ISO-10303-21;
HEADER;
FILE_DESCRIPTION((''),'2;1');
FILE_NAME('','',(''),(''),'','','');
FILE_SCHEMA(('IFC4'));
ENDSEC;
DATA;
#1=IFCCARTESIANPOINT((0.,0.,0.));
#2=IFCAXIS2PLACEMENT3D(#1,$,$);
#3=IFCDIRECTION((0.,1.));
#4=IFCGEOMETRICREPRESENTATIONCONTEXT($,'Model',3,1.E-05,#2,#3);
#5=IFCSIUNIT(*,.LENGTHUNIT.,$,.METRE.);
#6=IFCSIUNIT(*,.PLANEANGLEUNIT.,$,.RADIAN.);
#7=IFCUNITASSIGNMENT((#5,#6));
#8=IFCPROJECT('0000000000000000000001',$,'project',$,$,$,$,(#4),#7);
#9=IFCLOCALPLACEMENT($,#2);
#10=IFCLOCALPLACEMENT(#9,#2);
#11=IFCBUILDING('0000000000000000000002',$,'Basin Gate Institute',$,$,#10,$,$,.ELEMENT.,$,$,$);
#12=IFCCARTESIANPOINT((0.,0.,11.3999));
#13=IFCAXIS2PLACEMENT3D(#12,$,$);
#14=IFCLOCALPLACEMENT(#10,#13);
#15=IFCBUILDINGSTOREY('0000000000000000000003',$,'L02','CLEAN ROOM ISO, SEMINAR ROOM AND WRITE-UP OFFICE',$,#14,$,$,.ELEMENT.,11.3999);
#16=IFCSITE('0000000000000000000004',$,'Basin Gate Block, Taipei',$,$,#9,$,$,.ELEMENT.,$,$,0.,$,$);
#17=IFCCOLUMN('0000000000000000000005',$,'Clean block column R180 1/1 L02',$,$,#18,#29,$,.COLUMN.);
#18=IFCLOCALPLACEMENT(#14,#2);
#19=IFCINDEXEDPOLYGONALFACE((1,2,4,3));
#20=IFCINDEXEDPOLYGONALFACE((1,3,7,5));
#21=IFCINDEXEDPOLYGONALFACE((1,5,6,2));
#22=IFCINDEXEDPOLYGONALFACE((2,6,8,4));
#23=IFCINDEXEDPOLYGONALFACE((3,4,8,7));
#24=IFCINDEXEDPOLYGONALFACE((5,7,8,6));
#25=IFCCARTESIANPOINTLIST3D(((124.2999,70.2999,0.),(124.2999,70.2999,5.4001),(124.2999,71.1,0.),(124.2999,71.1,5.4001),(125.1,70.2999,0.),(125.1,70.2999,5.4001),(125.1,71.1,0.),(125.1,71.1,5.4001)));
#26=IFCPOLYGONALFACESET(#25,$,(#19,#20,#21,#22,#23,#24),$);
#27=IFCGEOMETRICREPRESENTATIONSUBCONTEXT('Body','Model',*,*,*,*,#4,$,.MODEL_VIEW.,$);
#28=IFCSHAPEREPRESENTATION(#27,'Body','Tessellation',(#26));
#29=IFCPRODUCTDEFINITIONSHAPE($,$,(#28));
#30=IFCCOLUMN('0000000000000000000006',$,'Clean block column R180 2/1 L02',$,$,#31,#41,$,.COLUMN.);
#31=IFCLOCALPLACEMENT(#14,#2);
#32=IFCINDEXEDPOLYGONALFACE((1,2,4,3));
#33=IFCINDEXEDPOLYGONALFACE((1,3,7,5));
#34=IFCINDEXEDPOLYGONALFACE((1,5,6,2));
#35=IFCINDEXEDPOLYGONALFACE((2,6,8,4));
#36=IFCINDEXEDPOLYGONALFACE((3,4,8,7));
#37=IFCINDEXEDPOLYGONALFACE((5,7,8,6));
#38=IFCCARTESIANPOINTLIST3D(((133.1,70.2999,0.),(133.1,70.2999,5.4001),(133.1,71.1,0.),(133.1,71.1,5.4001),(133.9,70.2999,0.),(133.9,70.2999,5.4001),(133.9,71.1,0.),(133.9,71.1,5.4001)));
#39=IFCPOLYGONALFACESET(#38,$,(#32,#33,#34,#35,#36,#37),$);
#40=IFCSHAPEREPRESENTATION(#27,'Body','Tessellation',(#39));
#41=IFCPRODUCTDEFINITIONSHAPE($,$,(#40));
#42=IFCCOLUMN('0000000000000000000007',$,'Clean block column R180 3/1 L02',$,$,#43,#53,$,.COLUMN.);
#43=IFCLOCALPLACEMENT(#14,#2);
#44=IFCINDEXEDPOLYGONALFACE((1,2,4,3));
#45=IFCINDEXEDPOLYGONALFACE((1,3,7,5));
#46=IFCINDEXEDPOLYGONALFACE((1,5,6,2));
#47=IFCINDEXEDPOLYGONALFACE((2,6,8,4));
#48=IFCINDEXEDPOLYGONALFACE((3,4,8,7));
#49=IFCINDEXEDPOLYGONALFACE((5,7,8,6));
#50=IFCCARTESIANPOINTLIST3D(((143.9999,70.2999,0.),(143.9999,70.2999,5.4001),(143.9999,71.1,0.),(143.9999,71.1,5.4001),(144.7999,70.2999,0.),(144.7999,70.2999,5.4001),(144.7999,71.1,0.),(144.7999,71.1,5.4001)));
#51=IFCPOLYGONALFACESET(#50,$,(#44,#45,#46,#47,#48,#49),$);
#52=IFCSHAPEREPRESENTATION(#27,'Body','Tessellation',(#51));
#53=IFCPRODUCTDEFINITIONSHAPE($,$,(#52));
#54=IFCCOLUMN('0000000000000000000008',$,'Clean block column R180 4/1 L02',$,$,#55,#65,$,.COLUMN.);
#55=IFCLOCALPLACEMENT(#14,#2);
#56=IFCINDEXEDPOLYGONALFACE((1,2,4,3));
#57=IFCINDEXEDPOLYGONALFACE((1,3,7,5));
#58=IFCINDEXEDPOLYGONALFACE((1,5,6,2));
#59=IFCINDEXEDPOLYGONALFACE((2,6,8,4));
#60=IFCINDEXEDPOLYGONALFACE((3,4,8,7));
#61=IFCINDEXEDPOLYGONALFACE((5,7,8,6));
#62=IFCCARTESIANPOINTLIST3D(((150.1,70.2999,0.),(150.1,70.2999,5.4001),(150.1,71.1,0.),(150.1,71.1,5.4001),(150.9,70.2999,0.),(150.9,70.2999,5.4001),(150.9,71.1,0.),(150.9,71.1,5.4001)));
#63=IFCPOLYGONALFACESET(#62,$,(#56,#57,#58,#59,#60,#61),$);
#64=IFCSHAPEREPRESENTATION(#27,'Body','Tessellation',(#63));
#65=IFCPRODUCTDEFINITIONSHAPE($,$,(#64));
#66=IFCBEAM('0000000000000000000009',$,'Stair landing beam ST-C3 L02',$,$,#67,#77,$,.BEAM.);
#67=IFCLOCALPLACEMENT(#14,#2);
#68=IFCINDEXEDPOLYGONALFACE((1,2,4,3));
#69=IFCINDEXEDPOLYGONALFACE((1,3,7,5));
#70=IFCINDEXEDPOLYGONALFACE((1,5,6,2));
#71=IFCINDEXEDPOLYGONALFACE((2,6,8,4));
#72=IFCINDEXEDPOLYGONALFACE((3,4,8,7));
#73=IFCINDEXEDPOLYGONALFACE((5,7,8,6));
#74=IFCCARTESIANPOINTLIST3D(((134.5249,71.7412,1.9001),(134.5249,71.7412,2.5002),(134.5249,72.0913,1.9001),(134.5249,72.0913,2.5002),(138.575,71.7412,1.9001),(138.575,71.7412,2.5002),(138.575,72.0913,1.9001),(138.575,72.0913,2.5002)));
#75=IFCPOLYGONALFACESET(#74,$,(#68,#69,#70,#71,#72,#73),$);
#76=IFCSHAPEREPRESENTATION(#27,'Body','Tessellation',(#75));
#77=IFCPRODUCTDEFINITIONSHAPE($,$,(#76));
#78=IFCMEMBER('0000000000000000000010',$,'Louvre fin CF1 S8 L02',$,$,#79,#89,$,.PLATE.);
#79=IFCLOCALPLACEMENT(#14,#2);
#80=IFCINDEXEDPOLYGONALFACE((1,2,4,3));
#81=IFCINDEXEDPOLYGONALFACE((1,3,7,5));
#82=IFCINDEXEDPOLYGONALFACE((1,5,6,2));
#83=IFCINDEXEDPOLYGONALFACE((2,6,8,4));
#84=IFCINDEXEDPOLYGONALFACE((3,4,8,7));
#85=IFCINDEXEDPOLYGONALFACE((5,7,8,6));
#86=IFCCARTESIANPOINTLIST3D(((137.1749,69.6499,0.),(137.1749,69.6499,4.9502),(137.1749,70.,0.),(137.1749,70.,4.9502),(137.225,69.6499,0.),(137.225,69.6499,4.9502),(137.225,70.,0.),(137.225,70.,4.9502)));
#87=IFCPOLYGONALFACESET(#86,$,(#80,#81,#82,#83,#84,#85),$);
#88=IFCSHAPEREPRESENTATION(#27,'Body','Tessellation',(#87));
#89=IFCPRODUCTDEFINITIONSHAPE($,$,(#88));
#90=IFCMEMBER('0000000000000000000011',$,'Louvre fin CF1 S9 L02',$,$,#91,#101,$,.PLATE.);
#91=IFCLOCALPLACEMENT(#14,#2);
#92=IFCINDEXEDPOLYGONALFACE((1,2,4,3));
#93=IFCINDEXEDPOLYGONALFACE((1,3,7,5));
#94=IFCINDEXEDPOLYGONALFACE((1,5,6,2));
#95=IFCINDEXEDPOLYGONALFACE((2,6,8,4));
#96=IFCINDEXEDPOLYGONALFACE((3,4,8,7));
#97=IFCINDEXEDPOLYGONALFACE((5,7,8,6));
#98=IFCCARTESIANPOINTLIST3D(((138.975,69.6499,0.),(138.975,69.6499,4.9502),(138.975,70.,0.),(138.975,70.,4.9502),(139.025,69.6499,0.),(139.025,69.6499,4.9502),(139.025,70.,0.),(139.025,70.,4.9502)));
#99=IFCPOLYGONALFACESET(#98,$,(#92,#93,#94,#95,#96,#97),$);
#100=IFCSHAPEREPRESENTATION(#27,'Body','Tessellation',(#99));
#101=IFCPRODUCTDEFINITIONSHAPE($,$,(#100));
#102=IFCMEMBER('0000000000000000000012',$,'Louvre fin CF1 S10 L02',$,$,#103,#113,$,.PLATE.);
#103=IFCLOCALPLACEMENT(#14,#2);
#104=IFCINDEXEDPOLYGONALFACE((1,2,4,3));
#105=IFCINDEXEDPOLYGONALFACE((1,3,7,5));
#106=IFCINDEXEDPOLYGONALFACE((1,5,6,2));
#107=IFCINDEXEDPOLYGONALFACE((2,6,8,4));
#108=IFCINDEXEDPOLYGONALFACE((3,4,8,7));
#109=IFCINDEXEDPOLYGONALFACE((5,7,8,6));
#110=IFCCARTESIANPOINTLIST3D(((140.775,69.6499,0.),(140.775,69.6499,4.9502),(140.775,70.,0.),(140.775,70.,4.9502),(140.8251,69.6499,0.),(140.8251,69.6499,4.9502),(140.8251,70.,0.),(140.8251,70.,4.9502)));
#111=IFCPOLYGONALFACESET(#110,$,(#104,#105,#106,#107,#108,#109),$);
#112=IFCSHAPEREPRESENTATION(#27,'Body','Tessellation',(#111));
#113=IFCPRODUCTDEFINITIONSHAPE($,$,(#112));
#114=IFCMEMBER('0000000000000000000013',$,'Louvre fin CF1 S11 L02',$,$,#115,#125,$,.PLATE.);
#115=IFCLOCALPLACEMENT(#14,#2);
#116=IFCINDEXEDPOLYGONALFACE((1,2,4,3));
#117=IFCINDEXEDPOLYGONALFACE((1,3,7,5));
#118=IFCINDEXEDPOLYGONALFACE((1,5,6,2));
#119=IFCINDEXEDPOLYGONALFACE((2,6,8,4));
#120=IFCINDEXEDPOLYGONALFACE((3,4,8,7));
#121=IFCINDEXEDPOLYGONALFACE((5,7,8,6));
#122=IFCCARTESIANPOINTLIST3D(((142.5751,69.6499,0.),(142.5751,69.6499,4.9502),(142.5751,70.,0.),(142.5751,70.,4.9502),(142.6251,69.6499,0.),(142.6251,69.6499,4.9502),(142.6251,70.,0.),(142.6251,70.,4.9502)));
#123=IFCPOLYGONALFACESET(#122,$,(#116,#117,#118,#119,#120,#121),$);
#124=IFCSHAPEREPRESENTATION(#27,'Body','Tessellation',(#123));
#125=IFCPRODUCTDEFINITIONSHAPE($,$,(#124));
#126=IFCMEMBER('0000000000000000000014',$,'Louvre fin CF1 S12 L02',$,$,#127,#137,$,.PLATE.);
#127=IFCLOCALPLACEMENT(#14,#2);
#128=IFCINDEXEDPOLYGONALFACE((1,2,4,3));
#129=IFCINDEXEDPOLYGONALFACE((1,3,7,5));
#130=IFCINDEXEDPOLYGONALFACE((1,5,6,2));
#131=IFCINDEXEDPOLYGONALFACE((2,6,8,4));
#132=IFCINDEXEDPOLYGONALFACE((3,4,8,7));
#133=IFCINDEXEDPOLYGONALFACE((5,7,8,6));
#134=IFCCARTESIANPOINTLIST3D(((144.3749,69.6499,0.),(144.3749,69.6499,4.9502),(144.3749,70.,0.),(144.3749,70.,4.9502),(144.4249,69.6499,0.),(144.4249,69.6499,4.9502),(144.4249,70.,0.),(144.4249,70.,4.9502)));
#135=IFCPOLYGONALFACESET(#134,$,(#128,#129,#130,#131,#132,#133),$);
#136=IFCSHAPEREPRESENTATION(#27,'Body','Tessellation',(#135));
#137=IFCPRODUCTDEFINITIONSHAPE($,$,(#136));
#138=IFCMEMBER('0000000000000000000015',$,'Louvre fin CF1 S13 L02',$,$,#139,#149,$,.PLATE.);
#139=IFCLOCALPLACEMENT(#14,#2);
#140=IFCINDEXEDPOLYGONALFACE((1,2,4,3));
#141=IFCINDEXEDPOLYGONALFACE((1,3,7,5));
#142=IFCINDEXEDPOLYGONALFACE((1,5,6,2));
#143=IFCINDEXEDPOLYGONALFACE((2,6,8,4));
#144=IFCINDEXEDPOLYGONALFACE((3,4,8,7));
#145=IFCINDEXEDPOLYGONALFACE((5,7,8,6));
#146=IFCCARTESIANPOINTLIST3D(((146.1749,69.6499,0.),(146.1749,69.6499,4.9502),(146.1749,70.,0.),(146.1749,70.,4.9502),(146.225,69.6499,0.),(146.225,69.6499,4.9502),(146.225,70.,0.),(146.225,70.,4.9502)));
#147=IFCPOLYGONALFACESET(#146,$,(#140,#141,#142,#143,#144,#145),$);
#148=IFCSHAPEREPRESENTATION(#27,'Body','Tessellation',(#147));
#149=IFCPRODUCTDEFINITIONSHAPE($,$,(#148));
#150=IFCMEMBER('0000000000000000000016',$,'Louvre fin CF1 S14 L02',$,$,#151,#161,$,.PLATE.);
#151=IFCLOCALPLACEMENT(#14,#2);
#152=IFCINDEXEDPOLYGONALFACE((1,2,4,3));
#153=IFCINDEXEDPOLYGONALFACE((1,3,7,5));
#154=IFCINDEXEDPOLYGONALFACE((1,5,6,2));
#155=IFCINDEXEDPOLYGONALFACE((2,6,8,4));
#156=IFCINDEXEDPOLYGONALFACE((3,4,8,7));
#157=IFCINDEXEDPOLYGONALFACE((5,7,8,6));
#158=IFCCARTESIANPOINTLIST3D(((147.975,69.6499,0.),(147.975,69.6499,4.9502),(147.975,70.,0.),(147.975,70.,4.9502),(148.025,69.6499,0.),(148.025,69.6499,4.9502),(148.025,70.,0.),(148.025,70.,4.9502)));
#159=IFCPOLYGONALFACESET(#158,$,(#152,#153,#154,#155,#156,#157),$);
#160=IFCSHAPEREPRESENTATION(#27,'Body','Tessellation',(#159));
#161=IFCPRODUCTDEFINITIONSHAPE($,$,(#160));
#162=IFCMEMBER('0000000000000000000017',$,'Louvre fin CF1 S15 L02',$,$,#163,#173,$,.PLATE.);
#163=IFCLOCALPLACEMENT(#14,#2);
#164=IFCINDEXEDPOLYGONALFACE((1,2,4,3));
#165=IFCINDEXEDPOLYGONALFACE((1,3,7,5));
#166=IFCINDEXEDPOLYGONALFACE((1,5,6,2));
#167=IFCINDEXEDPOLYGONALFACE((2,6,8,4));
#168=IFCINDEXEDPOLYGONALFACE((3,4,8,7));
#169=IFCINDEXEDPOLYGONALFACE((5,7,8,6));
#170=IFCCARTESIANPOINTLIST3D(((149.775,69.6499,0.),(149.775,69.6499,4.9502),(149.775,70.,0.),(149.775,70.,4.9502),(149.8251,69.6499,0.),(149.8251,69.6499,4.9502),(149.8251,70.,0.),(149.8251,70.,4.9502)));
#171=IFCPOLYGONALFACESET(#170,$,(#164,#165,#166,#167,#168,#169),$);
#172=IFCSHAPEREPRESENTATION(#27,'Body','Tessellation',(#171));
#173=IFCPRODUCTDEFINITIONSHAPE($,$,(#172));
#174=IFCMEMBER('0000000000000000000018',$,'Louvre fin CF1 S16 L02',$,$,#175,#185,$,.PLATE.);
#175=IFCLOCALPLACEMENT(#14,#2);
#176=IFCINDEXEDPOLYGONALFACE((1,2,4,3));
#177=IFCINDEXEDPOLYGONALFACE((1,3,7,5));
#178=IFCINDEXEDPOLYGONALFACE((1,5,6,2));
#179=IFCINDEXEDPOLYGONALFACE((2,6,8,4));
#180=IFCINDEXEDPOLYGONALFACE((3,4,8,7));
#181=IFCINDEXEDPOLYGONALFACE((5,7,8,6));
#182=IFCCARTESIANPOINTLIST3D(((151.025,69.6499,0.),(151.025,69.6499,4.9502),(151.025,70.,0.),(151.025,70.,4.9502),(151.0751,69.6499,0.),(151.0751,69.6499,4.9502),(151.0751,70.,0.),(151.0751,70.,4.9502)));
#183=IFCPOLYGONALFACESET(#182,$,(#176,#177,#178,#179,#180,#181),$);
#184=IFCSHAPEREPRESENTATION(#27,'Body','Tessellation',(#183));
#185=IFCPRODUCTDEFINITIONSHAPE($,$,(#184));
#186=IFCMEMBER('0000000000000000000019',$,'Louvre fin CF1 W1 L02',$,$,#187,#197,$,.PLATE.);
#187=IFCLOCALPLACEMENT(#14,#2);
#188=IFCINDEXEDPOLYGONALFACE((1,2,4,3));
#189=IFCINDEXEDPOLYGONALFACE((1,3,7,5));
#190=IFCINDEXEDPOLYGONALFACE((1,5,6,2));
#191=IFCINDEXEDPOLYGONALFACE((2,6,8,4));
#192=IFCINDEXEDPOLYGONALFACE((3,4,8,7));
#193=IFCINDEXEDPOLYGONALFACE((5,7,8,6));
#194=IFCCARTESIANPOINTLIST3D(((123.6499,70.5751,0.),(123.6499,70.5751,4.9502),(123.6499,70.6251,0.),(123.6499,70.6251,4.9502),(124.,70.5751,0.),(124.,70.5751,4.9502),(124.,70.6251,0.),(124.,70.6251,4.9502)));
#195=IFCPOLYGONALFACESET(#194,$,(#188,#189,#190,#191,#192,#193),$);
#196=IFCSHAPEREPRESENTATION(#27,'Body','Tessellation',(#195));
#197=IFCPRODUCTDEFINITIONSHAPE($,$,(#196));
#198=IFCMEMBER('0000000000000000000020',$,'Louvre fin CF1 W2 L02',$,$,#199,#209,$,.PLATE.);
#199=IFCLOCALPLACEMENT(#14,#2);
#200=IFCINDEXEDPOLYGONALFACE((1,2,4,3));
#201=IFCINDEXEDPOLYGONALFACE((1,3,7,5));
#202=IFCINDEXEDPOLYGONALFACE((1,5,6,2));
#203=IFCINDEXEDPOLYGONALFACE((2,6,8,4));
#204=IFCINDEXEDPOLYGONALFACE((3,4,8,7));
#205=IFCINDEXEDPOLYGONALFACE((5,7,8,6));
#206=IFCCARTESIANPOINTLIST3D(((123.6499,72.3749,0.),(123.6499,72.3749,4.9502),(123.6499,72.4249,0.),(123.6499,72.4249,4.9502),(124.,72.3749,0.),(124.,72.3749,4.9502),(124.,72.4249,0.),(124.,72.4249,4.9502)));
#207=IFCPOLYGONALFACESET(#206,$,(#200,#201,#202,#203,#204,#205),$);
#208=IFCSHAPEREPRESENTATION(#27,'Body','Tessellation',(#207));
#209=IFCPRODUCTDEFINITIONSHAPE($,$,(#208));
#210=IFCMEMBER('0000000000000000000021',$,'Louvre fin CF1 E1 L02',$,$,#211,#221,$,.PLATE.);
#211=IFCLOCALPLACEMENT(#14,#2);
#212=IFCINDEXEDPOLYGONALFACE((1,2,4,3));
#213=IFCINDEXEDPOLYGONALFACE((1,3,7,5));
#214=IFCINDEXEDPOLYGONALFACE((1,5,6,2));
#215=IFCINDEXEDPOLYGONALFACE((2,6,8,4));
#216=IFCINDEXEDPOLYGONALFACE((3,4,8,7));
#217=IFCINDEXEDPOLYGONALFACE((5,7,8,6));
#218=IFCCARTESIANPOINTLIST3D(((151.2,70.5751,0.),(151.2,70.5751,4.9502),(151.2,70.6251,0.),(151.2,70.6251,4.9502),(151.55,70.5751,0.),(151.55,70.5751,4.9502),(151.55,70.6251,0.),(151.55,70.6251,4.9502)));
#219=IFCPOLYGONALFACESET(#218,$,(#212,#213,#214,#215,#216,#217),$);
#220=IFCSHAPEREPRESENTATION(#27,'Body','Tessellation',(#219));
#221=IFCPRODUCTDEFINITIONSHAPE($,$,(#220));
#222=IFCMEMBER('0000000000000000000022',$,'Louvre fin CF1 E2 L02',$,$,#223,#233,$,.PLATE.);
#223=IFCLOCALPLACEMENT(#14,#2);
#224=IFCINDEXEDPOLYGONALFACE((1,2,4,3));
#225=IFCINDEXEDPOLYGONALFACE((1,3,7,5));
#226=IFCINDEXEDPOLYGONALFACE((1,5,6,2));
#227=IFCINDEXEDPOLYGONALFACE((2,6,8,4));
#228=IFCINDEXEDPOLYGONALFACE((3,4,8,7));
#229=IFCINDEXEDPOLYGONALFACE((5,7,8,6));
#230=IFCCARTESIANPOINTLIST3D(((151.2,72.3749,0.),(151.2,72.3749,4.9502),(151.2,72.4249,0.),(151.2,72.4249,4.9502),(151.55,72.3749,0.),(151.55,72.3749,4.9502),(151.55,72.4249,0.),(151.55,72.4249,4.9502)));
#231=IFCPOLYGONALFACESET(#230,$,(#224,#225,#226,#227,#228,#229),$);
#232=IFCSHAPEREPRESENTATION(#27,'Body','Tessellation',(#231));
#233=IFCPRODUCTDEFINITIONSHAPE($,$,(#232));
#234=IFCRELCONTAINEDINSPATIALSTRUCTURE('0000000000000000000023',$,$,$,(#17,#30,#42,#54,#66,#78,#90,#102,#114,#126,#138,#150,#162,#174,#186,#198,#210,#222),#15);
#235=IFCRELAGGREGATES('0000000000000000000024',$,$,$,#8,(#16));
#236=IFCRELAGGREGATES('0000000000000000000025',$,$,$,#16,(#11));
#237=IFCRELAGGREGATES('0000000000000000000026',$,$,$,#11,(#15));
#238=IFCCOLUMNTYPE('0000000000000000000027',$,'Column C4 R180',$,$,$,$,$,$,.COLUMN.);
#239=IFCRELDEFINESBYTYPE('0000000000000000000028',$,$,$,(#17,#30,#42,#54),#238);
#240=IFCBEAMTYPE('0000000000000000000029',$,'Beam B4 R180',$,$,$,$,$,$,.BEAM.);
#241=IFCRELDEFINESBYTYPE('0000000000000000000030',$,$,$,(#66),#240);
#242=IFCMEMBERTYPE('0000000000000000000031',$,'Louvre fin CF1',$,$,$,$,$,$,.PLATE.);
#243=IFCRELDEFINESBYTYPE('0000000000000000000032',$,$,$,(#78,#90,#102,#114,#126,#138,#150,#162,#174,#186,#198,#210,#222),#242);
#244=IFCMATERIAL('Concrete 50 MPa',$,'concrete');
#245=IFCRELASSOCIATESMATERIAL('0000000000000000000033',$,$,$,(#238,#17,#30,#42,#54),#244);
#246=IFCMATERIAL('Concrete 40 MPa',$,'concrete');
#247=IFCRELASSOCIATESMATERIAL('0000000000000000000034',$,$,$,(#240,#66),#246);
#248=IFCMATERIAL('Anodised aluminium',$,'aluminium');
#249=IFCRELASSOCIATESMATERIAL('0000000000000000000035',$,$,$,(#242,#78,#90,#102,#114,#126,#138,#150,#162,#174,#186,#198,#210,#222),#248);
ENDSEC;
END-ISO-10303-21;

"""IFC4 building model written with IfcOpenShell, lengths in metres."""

from ifc_helpers import new_model, si_unit, direction, frame, origin, origin_2d, place, context, subcontext, project, spatial, rectangle, extrude, material, material_profile, profile_set, type_object, element, save


model = new_model("IFC4")

# Units and contexts
model_context = context("Model", 3, precision=1e-05, world=origin(), true_north=direction((0.0, 1.0)))
body_context = subcontext(model_context, "Body", "Model", "MODEL_VIEW")
ifc_project = project(units=[si_unit("LENGTHUNIT", "METRE"), si_unit("PLANEANGLEUNIT", "RADIAN")], contexts=[model_context])

# Site, building, storey
site_placement = place(None, origin())
site = spatial("IfcSite", under=ifc_project, at=site_placement, Name="Basin Gate Block, Taipei", CompositionType="ELEMENT", RefElevation=0.0)
building_placement = place(site_placement, origin())
building = spatial("IfcBuilding", under=site, at=building_placement, Name="Basin Gate Institute", CompositionType="ELEMENT")
storey_placement = place(building_placement, frame((0.0, 0.0, 11.3999)))
storey = spatial("IfcBuildingStorey", under=building, at=storey_placement, Name="L02", Description="CLEAN ROOM ISO, SEMINAR ROOM AND WRITE-UP OFFICE", CompositionType="ELEMENT", Elevation=11.3999)

# Columns
ifc_material_1 = material(Name="Concrete 50 MPa", Category="concrete")
ifc_material_profile_1 = material_profile(ifc_material_1, rectangle(XDim=0.8, YDim=0.8, at=origin_2d()), Name="Column C4 800 x 800")
ifc_profile_set_1 = profile_set([ifc_material_profile_1], Name="Concrete 50 MPa")
column_type = type_object("IfcColumnType", Name="Column C4 R180", PredefinedType="COLUMN", material=ifc_profile_set_1)
for number, where, z_axis, x_axis, name in (
    (1, (124.7, 70.7, 0.0), (0.0, 0.0, 1.0), (1.0, 0.0, 0.0), "Clean block column R180 1/1 L02"),
    (2, (133.5, 70.7, 0.0), (0.0, 0.0, 1.0), (1.0, 0.0, 0.0), "Clean block column R180 2/1 L02"),
    (3, (144.3999, 70.7, 0.0), (0.0, 0.0, 1.0), (1.0, 0.0, 0.0), "Clean block column R180 3/1 L02"),
    (4, (150.5, 70.7, 0.0), (0.0, 0.0, 1.0), (1.0, 0.0, 0.0), "Clean block column R180 4/1 L02"),
):
    element("IfcColumn", number, at=place(storey_placement, frame(where, z_axis=z_axis, x_axis=x_axis)), inside=storey, type_object=column_type, material=ifc_profile_set_1, Name=name, PredefinedType="COLUMN", context=body_context, shape_type="SweptSolid", body=[
        extrude(rectangle(XDim=0.8, YDim=0.8, at=origin_2d()), origin(), (0.0, 0.0, 1.0), 5.4001),
    ])

# Beam
ifc_material_2 = material(Name="Concrete 40 MPa", Category="concrete")
ifc_material_profile_2 = material_profile(ifc_material_2, rectangle(XDim=0.3501, YDim=0.6001, at=origin_2d()), Name="Beam B4 350 x 600")
ifc_profile_set_2 = profile_set([ifc_material_profile_2], Name="Concrete 40 MPa")
beam_type = type_object("IfcBeamType", Name="Beam B4 R180", PredefinedType="BEAM", material=ifc_profile_set_2)
beam_placement = place(storey_placement, frame((134.5249, 71.9163, 2.2002), z_axis=(1.0, 0.0, 0.0), x_axis=(0.0, 1.0, 0.0)))
element("IfcBeam", 5, at=beam_placement, inside=storey, type_object=beam_type, material=ifc_profile_set_2, Name="Stair landing beam ST-C3 L02", PredefinedType="BEAM", context=body_context, shape_type="SweptSolid", body=[
    extrude(rectangle(XDim=0.3501, YDim=0.6001, at=origin_2d()), origin(), (0.0, 0.0, 1.0), 4.05),
])

# Members
ifc_material_3 = material(Name="Anodised aluminium", Category="aluminium")
ifc_material_profile_3 = material_profile(ifc_material_3, rectangle(XDim=0.05, YDim=0.3501, at=origin_2d()), Name="Louvre fin CF1 50 x 350")
ifc_profile_set_3 = profile_set([ifc_material_profile_3], Name="Anodised aluminium")
member_type = type_object("IfcMemberType", Name="Louvre fin CF1", PredefinedType="PLATE", material=ifc_profile_set_3)
for number, where, z_axis, x_axis, name in (
    (6, (137.2, 69.825, 0.0), (0.0, 0.0, 1.0), (1.0, 0.0, 0.0), "Louvre fin CF1 S8 L02"),
    (7, (139.0, 69.825, 0.0), (0.0, 0.0, 1.0), (1.0, 0.0, 0.0), "Louvre fin CF1 S9 L02"),
    (8, (140.8, 69.825, 0.0), (0.0, 0.0, 1.0), (1.0, 0.0, 0.0), "Louvre fin CF1 S10 L02"),
    (9, (142.6001, 69.825, 0.0), (0.0, 0.0, 1.0), (1.0, 0.0, 0.0), "Louvre fin CF1 S11 L02"),
    (10, (144.3999, 69.825, 0.0), (0.0, 0.0, 1.0), (1.0, 0.0, 0.0), "Louvre fin CF1 S12 L02"),
    (11, (146.2, 69.825, 0.0), (0.0, 0.0, 1.0), (1.0, 0.0, 0.0), "Louvre fin CF1 S13 L02"),
    (12, (148.0, 69.825, 0.0), (0.0, 0.0, 1.0), (1.0, 0.0, 0.0), "Louvre fin CF1 S14 L02"),
    (13, (149.8, 69.825, 0.0), (0.0, 0.0, 1.0), (1.0, 0.0, 0.0), "Louvre fin CF1 S15 L02"),
    (14, (151.05, 69.825, 0.0), (0.0, 0.0, 1.0), (1.0, 0.0, 0.0), "Louvre fin CF1 S16 L02"),
    (15, (123.825, 70.6001, 0.0), (0.0, 0.0, 1.0), (0.0, 1.0, 0.0), "Louvre fin CF1 W1 L02"),
    (16, (123.825, 72.3999, 0.0), (0.0, 0.0, 1.0), (0.0, 1.0, 0.0), "Louvre fin CF1 W2 L02"),
    (17, (151.375, 70.6001, 0.0), (0.0, 0.0, 1.0), (0.0, 1.0, 0.0), "Louvre fin CF1 E1 L02"),
    (18, (151.375, 72.3999, 0.0), (0.0, 0.0, 1.0), (0.0, 1.0, 0.0), "Louvre fin CF1 E2 L02"),
):
    element("IfcMember", number, at=place(storey_placement, frame(where, z_axis=z_axis, x_axis=x_axis)), inside=storey, type_object=member_type, material=ifc_profile_set_3, Name=name, PredefinedType="PLATE", context=body_context, shape_type="SweptSolid", body=[
        extrude(rectangle(XDim=0.05, YDim=0.3501, at=origin_2d()), origin(), (0.0, 0.0, 1.0), 4.9502),
    ])

save(model, "model.ifc")
